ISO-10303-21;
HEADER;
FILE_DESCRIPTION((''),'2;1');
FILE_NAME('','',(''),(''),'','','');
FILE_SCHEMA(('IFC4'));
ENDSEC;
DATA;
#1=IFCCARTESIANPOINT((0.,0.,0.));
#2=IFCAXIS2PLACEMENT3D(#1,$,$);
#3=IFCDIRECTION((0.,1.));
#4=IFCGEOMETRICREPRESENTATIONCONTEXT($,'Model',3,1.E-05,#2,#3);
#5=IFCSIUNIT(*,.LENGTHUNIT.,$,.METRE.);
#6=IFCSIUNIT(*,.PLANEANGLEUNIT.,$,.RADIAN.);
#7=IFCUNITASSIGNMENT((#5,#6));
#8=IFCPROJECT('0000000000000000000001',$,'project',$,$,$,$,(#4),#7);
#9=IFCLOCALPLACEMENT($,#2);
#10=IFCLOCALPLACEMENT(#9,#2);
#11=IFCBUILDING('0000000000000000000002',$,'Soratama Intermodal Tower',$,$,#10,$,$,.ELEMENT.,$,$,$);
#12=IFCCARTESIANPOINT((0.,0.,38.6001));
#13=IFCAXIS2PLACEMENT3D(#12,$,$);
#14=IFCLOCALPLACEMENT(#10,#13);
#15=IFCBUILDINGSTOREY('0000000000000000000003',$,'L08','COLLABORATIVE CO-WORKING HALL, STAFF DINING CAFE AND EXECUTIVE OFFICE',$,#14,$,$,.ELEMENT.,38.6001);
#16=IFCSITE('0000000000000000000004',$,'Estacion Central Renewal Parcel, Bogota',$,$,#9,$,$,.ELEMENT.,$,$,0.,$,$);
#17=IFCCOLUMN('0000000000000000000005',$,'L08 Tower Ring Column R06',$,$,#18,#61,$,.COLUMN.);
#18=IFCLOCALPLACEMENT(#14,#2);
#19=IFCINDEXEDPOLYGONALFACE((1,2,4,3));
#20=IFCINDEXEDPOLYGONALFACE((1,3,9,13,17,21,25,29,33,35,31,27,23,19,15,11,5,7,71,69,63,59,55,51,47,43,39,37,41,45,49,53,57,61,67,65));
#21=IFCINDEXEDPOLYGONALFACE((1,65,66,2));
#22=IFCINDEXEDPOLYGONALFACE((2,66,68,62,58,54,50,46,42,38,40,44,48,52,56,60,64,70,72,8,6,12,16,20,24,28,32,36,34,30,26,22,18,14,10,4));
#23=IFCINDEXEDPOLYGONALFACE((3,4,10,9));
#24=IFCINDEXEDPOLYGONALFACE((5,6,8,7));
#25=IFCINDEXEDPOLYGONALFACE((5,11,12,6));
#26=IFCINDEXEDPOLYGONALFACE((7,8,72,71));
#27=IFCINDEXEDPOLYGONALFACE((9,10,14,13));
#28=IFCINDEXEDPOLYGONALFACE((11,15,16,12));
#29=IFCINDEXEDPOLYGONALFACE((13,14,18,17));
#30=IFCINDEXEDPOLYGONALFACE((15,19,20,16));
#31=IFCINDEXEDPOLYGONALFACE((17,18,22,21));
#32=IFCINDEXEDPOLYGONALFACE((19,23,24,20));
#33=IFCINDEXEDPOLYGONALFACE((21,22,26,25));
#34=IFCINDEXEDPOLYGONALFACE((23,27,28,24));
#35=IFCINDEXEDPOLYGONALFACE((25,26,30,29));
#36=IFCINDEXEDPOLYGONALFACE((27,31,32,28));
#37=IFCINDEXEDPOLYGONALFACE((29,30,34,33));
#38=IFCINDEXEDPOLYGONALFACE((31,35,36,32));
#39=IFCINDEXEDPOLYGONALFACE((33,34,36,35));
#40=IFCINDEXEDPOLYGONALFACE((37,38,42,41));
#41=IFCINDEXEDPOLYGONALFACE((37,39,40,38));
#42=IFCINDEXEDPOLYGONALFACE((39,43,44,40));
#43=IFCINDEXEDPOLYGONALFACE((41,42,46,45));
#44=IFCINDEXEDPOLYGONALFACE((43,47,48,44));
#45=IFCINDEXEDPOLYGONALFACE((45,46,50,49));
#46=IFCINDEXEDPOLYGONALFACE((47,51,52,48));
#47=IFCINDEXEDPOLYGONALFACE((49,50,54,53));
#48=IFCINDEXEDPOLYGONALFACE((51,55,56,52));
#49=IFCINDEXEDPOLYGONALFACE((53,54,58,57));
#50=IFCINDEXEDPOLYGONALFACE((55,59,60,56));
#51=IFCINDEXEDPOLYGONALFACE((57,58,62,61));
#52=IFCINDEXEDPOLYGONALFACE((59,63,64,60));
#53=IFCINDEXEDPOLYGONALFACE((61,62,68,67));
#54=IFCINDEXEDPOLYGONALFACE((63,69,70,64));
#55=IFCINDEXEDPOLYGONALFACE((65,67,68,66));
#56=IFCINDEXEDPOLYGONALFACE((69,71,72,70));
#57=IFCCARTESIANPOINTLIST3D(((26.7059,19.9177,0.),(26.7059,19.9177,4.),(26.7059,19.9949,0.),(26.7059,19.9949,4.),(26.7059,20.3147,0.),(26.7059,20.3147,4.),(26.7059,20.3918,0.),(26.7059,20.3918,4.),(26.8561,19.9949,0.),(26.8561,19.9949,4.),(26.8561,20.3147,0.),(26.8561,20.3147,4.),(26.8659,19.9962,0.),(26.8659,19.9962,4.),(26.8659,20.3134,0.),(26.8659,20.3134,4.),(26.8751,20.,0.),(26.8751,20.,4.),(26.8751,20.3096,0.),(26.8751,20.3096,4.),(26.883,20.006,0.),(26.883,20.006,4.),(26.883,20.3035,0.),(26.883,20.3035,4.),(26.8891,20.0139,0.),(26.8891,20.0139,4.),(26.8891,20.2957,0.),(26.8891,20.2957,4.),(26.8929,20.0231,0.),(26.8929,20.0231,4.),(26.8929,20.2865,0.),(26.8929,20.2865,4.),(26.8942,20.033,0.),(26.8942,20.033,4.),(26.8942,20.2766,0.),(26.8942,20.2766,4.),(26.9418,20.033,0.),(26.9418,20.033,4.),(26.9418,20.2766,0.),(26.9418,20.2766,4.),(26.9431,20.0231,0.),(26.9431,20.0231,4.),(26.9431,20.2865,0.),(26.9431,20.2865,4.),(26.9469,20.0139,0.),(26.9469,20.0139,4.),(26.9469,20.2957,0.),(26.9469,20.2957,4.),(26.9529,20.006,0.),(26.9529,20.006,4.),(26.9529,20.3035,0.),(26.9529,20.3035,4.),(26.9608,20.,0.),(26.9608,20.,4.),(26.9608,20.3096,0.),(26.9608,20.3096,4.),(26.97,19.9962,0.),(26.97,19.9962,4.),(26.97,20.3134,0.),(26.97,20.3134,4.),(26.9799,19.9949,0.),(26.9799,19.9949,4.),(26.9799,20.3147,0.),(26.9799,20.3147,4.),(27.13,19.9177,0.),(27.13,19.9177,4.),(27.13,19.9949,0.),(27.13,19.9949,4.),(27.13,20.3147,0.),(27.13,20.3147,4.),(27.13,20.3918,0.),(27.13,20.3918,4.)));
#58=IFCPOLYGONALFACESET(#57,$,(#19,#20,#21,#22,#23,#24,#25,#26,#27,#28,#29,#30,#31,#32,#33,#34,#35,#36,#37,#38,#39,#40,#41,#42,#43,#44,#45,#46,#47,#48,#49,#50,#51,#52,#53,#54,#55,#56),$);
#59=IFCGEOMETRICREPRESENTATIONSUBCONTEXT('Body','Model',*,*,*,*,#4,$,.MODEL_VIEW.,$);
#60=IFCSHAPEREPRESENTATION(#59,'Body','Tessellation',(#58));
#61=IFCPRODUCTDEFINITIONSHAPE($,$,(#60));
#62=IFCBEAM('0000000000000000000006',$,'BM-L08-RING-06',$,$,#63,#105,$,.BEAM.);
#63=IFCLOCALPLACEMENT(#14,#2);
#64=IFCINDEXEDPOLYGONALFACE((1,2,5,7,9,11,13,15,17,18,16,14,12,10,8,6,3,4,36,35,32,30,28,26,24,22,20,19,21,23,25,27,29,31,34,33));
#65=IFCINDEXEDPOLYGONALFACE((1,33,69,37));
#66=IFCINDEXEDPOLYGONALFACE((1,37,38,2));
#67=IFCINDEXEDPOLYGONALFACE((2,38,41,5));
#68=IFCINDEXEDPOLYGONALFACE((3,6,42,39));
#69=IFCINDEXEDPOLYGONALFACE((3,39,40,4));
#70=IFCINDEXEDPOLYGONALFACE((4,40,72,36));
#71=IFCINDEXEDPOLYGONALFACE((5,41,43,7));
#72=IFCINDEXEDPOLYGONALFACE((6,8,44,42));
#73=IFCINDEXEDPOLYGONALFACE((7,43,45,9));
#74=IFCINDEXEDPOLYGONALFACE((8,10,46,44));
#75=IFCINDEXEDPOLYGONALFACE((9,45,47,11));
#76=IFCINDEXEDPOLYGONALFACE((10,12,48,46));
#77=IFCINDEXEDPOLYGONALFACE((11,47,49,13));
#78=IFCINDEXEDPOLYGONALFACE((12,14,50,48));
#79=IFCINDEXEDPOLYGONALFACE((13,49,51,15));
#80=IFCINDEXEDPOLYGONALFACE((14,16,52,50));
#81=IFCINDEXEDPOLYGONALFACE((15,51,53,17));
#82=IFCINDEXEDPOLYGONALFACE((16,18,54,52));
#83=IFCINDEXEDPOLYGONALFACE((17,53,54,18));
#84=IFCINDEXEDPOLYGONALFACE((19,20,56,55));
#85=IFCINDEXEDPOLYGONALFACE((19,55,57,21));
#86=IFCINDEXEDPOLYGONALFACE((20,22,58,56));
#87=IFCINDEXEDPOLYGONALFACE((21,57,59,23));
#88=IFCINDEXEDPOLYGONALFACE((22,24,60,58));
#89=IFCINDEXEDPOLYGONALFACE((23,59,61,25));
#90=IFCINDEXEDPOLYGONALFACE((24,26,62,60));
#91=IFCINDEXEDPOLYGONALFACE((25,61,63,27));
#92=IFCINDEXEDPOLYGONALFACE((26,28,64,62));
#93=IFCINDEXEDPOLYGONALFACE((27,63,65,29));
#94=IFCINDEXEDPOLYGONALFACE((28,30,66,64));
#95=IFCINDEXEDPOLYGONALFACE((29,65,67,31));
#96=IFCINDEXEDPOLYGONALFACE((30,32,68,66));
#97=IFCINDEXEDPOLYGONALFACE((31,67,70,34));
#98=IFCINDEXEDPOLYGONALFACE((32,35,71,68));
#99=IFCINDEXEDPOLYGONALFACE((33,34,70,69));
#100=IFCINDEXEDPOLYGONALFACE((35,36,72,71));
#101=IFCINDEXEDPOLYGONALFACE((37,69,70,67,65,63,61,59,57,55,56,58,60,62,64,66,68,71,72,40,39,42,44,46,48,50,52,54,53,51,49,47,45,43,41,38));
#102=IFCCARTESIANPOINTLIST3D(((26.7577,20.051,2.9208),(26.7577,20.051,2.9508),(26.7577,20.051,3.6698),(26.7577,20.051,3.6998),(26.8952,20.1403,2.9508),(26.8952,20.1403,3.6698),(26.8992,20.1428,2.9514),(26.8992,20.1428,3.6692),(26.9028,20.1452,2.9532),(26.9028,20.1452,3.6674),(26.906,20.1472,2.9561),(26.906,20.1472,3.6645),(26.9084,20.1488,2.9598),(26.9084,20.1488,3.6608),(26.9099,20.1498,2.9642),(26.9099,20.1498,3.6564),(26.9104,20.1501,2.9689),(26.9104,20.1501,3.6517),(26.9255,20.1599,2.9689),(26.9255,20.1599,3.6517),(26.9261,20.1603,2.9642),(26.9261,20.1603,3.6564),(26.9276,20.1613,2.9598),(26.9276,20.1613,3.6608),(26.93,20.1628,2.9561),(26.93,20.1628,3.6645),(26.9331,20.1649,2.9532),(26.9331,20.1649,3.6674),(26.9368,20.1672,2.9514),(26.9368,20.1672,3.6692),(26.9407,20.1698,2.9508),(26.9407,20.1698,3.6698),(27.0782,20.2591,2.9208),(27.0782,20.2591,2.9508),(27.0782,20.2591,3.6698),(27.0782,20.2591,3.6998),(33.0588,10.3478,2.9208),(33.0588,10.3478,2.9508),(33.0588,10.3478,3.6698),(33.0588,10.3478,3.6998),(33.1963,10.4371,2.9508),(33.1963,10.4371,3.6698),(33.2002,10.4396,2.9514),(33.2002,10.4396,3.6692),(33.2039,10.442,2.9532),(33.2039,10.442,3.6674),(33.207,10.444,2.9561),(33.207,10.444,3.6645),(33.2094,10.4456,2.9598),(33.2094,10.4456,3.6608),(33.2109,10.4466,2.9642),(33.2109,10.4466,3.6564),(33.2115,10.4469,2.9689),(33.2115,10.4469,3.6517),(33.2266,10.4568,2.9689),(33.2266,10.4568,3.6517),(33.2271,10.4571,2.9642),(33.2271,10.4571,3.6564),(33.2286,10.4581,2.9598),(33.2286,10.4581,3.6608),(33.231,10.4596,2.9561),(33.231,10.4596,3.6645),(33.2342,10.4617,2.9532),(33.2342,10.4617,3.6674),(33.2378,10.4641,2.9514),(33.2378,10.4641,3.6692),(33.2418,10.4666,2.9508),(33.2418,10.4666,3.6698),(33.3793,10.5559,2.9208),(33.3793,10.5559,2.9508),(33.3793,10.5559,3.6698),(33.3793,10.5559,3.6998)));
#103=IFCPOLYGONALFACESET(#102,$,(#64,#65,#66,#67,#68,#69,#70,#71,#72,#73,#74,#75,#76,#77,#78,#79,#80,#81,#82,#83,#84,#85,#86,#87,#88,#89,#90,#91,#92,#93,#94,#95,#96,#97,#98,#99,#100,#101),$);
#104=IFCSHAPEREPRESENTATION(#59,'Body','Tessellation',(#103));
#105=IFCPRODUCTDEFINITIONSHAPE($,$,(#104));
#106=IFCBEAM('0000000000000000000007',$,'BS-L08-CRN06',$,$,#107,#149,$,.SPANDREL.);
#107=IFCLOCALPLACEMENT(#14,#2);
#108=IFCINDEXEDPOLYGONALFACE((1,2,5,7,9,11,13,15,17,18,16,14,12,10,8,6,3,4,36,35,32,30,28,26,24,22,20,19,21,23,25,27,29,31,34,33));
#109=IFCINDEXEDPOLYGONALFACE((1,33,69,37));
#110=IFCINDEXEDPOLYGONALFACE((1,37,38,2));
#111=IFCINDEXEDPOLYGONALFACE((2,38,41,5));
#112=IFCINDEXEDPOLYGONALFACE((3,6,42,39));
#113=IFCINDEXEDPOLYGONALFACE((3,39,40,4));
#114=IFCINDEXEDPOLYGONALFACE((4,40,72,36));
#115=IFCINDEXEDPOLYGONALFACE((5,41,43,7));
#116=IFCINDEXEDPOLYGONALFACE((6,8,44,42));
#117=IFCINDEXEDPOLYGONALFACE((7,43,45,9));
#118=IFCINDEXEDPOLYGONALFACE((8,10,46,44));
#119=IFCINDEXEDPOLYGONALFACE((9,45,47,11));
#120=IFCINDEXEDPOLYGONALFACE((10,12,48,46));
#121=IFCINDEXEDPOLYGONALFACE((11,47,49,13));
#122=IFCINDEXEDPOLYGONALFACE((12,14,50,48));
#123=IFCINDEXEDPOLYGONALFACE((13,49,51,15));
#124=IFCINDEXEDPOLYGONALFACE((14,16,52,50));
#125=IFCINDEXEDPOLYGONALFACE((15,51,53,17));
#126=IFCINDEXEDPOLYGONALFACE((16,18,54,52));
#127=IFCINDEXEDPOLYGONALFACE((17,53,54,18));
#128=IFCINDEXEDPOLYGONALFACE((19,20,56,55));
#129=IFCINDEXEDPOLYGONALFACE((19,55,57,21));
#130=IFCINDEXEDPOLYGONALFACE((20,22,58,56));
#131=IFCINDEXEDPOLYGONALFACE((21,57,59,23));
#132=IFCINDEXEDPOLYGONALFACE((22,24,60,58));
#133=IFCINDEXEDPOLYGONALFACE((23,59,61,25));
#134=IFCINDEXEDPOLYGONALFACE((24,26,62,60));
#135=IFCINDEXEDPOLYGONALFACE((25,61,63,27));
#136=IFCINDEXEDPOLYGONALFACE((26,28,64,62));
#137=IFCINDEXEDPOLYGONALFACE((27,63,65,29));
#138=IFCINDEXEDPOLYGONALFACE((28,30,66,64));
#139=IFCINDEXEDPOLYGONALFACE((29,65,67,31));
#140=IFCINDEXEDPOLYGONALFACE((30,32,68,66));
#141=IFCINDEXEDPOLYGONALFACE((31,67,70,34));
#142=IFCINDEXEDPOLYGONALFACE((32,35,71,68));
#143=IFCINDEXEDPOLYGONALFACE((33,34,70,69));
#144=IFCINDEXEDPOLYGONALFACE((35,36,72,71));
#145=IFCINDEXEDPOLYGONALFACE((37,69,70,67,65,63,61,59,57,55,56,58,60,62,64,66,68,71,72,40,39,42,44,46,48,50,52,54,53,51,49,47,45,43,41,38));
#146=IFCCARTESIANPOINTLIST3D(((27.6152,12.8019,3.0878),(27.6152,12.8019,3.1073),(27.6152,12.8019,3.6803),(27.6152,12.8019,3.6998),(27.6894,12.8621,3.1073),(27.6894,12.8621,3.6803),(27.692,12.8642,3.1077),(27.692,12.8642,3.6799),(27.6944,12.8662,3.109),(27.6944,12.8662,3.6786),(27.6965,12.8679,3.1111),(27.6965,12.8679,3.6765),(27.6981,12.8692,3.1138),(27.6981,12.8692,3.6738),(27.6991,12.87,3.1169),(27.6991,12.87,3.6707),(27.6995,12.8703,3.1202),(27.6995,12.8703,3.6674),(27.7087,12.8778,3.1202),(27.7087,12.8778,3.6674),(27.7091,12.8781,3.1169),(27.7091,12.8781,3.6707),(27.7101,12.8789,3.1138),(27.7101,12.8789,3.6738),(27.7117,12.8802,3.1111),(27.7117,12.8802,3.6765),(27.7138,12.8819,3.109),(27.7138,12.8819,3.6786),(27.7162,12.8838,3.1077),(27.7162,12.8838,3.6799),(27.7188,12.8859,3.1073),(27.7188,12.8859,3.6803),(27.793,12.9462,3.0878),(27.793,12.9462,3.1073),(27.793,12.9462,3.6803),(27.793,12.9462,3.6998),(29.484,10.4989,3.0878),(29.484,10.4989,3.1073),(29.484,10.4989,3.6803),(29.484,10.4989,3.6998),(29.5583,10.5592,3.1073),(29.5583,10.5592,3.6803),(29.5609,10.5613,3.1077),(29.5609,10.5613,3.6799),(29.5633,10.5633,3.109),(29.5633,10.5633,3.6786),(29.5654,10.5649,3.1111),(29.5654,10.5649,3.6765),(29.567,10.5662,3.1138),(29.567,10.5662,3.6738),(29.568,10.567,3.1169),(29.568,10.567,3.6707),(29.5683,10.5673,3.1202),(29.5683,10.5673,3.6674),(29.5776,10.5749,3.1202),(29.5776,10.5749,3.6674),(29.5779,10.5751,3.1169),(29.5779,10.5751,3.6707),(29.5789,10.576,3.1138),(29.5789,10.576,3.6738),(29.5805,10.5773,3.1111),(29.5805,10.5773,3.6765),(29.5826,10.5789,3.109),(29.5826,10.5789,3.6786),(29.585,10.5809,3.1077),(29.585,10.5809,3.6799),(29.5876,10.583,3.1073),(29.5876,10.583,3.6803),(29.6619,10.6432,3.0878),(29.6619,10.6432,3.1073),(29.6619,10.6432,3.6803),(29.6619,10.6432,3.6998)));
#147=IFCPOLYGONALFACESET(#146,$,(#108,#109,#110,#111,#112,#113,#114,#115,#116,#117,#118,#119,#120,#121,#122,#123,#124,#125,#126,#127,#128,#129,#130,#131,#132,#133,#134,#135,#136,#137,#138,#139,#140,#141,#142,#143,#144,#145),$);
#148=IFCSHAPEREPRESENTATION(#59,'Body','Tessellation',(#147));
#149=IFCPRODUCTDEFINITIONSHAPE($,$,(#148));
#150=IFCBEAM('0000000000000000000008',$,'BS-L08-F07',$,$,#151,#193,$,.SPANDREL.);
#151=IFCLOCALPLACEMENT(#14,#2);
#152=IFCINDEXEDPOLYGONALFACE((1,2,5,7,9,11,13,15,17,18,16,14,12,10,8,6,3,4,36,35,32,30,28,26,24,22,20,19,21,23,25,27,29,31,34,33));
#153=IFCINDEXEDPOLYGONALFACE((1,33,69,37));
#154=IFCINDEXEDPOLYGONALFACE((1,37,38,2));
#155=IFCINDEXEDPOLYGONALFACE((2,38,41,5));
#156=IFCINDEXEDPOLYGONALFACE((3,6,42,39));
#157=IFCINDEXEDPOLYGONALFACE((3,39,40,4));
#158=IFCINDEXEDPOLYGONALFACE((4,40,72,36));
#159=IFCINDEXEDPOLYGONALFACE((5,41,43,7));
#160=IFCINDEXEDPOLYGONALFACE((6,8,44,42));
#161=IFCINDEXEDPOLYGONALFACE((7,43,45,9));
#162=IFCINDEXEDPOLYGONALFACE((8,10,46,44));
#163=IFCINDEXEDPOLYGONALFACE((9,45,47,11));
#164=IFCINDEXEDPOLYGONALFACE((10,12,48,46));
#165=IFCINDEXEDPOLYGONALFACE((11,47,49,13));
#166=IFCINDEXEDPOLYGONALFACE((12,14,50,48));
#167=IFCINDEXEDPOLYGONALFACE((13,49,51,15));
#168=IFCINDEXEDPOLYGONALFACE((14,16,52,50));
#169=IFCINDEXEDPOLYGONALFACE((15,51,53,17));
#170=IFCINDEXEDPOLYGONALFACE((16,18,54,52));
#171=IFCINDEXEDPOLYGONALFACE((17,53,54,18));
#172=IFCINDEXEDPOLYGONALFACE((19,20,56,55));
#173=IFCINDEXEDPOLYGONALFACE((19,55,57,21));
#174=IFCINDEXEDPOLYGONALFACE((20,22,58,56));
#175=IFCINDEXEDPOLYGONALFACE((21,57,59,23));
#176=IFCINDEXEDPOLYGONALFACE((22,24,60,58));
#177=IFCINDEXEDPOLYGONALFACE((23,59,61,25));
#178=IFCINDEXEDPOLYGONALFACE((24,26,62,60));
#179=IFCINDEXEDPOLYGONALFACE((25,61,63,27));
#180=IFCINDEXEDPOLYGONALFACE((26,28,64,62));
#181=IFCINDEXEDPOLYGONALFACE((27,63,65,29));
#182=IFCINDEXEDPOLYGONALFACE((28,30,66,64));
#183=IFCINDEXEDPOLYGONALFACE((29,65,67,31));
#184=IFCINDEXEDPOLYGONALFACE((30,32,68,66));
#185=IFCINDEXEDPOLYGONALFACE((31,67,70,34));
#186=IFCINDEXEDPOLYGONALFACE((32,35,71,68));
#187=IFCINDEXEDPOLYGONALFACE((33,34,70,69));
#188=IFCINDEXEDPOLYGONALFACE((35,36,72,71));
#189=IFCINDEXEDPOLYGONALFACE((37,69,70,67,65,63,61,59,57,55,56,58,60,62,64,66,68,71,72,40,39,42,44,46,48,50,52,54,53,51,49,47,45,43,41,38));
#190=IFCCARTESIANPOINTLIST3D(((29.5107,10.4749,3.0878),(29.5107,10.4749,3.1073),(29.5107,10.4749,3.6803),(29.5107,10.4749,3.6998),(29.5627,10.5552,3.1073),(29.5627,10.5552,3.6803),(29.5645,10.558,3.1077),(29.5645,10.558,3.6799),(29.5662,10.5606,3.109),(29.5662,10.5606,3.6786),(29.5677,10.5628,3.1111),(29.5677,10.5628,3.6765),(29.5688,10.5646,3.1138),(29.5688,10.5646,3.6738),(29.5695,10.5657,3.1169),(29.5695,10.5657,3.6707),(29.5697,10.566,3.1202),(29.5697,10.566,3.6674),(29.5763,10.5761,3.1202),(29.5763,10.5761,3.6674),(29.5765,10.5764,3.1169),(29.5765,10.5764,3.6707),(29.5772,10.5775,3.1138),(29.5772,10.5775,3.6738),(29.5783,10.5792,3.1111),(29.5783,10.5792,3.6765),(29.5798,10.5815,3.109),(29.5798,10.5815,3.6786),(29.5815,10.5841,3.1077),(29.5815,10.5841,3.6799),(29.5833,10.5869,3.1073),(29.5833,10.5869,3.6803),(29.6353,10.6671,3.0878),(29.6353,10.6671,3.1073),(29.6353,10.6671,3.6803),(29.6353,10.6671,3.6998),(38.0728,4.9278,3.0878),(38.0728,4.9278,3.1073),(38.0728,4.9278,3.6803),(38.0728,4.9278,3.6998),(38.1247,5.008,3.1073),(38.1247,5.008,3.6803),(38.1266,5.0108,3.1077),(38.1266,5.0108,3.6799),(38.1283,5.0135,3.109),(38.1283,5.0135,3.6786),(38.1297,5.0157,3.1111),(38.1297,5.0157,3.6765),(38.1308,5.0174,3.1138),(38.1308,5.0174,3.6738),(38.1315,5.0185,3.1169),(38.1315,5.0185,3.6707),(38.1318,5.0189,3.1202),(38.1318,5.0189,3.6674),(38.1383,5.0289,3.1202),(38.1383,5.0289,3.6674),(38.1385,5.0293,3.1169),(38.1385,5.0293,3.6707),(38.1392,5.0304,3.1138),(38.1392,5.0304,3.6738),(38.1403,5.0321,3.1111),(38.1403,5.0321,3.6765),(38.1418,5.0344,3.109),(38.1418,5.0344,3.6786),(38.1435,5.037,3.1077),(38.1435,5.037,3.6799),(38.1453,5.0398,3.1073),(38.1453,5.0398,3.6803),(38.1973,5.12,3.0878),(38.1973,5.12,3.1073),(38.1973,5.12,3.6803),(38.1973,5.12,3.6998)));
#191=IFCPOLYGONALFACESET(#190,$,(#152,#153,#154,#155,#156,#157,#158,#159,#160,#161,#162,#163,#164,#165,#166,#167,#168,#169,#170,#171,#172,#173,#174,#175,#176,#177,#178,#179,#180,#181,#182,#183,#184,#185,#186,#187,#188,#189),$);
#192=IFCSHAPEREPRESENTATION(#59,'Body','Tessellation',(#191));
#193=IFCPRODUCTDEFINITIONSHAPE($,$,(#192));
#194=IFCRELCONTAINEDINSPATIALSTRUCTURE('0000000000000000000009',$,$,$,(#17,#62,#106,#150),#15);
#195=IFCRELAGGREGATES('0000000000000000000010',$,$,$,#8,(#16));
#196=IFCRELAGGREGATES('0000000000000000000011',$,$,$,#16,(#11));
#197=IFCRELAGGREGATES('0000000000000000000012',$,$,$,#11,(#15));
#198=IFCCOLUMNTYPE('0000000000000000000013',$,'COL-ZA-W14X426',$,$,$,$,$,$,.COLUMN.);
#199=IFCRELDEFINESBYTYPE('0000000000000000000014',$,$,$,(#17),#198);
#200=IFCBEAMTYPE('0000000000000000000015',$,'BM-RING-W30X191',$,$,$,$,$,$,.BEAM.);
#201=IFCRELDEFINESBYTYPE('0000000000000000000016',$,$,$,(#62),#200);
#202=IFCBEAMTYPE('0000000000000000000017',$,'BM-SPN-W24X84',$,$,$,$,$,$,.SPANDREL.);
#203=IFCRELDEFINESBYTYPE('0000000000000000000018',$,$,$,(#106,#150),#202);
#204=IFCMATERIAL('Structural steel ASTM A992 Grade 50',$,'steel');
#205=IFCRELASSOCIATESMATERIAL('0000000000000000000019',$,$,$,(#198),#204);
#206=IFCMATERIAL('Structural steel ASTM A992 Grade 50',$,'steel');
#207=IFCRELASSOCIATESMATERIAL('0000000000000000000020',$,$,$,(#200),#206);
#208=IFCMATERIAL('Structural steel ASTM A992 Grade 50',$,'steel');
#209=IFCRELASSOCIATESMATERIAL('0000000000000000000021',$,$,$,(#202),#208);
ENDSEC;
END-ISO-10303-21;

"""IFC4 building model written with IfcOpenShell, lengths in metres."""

from ifc_helpers import new_model, si_unit, direction, frame, origin, origin_2d, place, context, subcontext, project, spatial, i_section, extrude, material, material_profile, profile_set, type_object, element, save


model = new_model("IFC4")

# Units and contexts
model_context = context("Model", 3, precision=1e-05, world=origin(), true_north=direction((0.0, 1.0)))
body_context = subcontext(model_context, "Body", "Model", "MODEL_VIEW")
ifc_project = project(units=[si_unit("LENGTHUNIT", "METRE"), si_unit("PLANEANGLEUNIT", "RADIAN")], contexts=[model_context])

# Site, building, storey
site_placement = place(None, origin())
site = spatial("IfcSite", under=ifc_project, at=site_placement, Name="Estacion Central Renewal Parcel, Bogota", CompositionType="ELEMENT", RefElevation=0.0)
building_placement = place(site_placement, origin())
building = spatial("IfcBuilding", under=site, at=building_placement, Name="Soratama Intermodal Tower", CompositionType="ELEMENT")
storey_placement = place(building_placement, frame((0.0, 0.0, 38.6001)))
storey = spatial("IfcBuildingStorey", under=building, at=storey_placement, Name="L08", Description="COLLABORATIVE CO-WORKING HALL, STAFF DINING CAFE AND EXECUTIVE OFFICE", CompositionType="ELEMENT", Elevation=38.6001)

# Column
ifc_material_1 = material(Name="Structural steel ASTM A992 Grade 50", Category="steel")
ifc_material_profile_1 = material_profile(ifc_material_1, i_section(OverallWidth=0.4241, OverallDepth=0.4741, WebThickness=0.0476, FlangeThickness=0.0771, FilletRadius=0.0381, at=origin_2d()), Name="W14X426")
ifc_profile_set_1 = profile_set([ifc_material_profile_1], Name="Structural steel ASTM A992 Grade 50")
column_type = type_object("IfcColumnType", Name="COL-ZA-W14X426", PredefinedType="COLUMN", material=ifc_profile_set_1)
column_placement = place(storey_placement, frame((26.918, 20.1548, 0.0), z_axis=(0.0, 0.0, 1.0), x_axis=(1.0, 0.0, 0.0)))
element("IfcColumn", 1, at=column_placement, inside=storey, type_object=column_type, Name="L08 Tower Ring Column R06", PredefinedType="COLUMN", context=body_context, shape_type="SweptSolid", body=[
    extrude(i_section(OverallWidth=0.4241, OverallDepth=0.4741, WebThickness=0.0476, FlangeThickness=0.0771, FilletRadius=0.0381, at=origin_2d()), origin(), (0.0, 0.0, 1.0), 4.0),
])

# Beams
ifc_material_2 = material(Name="Structural steel ASTM A992 Grade 50", Category="steel")
ifc_material_profile_2 = material_profile(ifc_material_2, i_section(OverallWidth=0.3821, OverallDepth=0.7791, WebThickness=0.0181, FlangeThickness=0.03, FilletRadius=0.0181, at=origin_2d()), Name="W30X191")
ifc_profile_set_2 = profile_set([ifc_material_profile_2], Name="Structural steel ASTM A992 Grade 50")
beam_type_1 = type_object("IfcBeamType", Name="BM-RING-W30X191", PredefinedType="BEAM", material=ifc_profile_set_2)
beam_1_placement = place(storey_placement, frame((26.918, 20.155, 3.3103), z_axis=(0.544623, -0.838681, 0.0), x_axis=(0.838681, 0.544623, 0.0)))
element("IfcBeam", 2, at=beam_1_placement, inside=storey, type_object=beam_type_1, Name="BM-L08-RING-06", PredefinedType="BEAM", context=body_context, shape_type="SweptSolid", body=[
    extrude(i_section(OverallWidth=0.3821, OverallDepth=0.7791, WebThickness=0.0181, FlangeThickness=0.03, FilletRadius=0.0181, at=origin_2d()), origin(), (0.0, 0.0, 1.0), 11.5696),
])
ifc_material_3 = material(Name="Structural steel ASTM A992 Grade 50", Category="steel")
ifc_material_profile_3 = material_profile(ifc_material_3, i_section(OverallWidth=0.229, OverallDepth=0.6121, WebThickness=0.012, FlangeThickness=0.0195, FilletRadius=0.0129, at=origin_2d()), Name="W24X84")
ifc_profile_set_3 = profile_set([ifc_material_profile_3], Name="Structural steel ASTM A992 Grade 50")
beam_type_2 = type_object("IfcBeamType", Name="BM-SPN-W24X84", PredefinedType="SPANDREL", material=ifc_profile_set_3)
beam_2_placement = place(storey_placement, frame((27.7041, 12.874, 3.3938), z_axis=(0.630131, -0.776489, 0.0), x_axis=(0.776489, 0.630131, 0.0)))
element("IfcBeam", 3, at=beam_2_placement, inside=storey, type_object=beam_type_2, Name="BS-L08-CRN06", PredefinedType="SPANDREL", context=body_context, shape_type="SweptSolid", body=[
    extrude(i_section(OverallWidth=0.229, OverallDepth=0.6121, WebThickness=0.012, FlangeThickness=0.0195, FilletRadius=0.0129, at=origin_2d()), origin(), (0.0, 0.0, 1.0), 2.9658),
])
beam_3_placement = place(storey_placement, frame((29.573, 10.571, 3.3938), z_axis=(0.839257, -0.543734, 0.0), x_axis=(0.543734, 0.839257, 0.0)))
element("IfcBeam", 4, at=beam_3_placement, inside=storey, type_object=beam_type_2, Name="BS-L08-F07", PredefinedType="SPANDREL", context=body_context, shape_type="SweptSolid", body=[
    extrude(i_section(OverallWidth=0.229, OverallDepth=0.6121, WebThickness=0.012, FlangeThickness=0.0195, FilletRadius=0.0129, at=origin_2d()), origin(), (0.0, 0.0, 1.0), 10.2019),
])

save(model, "model.ifc")
